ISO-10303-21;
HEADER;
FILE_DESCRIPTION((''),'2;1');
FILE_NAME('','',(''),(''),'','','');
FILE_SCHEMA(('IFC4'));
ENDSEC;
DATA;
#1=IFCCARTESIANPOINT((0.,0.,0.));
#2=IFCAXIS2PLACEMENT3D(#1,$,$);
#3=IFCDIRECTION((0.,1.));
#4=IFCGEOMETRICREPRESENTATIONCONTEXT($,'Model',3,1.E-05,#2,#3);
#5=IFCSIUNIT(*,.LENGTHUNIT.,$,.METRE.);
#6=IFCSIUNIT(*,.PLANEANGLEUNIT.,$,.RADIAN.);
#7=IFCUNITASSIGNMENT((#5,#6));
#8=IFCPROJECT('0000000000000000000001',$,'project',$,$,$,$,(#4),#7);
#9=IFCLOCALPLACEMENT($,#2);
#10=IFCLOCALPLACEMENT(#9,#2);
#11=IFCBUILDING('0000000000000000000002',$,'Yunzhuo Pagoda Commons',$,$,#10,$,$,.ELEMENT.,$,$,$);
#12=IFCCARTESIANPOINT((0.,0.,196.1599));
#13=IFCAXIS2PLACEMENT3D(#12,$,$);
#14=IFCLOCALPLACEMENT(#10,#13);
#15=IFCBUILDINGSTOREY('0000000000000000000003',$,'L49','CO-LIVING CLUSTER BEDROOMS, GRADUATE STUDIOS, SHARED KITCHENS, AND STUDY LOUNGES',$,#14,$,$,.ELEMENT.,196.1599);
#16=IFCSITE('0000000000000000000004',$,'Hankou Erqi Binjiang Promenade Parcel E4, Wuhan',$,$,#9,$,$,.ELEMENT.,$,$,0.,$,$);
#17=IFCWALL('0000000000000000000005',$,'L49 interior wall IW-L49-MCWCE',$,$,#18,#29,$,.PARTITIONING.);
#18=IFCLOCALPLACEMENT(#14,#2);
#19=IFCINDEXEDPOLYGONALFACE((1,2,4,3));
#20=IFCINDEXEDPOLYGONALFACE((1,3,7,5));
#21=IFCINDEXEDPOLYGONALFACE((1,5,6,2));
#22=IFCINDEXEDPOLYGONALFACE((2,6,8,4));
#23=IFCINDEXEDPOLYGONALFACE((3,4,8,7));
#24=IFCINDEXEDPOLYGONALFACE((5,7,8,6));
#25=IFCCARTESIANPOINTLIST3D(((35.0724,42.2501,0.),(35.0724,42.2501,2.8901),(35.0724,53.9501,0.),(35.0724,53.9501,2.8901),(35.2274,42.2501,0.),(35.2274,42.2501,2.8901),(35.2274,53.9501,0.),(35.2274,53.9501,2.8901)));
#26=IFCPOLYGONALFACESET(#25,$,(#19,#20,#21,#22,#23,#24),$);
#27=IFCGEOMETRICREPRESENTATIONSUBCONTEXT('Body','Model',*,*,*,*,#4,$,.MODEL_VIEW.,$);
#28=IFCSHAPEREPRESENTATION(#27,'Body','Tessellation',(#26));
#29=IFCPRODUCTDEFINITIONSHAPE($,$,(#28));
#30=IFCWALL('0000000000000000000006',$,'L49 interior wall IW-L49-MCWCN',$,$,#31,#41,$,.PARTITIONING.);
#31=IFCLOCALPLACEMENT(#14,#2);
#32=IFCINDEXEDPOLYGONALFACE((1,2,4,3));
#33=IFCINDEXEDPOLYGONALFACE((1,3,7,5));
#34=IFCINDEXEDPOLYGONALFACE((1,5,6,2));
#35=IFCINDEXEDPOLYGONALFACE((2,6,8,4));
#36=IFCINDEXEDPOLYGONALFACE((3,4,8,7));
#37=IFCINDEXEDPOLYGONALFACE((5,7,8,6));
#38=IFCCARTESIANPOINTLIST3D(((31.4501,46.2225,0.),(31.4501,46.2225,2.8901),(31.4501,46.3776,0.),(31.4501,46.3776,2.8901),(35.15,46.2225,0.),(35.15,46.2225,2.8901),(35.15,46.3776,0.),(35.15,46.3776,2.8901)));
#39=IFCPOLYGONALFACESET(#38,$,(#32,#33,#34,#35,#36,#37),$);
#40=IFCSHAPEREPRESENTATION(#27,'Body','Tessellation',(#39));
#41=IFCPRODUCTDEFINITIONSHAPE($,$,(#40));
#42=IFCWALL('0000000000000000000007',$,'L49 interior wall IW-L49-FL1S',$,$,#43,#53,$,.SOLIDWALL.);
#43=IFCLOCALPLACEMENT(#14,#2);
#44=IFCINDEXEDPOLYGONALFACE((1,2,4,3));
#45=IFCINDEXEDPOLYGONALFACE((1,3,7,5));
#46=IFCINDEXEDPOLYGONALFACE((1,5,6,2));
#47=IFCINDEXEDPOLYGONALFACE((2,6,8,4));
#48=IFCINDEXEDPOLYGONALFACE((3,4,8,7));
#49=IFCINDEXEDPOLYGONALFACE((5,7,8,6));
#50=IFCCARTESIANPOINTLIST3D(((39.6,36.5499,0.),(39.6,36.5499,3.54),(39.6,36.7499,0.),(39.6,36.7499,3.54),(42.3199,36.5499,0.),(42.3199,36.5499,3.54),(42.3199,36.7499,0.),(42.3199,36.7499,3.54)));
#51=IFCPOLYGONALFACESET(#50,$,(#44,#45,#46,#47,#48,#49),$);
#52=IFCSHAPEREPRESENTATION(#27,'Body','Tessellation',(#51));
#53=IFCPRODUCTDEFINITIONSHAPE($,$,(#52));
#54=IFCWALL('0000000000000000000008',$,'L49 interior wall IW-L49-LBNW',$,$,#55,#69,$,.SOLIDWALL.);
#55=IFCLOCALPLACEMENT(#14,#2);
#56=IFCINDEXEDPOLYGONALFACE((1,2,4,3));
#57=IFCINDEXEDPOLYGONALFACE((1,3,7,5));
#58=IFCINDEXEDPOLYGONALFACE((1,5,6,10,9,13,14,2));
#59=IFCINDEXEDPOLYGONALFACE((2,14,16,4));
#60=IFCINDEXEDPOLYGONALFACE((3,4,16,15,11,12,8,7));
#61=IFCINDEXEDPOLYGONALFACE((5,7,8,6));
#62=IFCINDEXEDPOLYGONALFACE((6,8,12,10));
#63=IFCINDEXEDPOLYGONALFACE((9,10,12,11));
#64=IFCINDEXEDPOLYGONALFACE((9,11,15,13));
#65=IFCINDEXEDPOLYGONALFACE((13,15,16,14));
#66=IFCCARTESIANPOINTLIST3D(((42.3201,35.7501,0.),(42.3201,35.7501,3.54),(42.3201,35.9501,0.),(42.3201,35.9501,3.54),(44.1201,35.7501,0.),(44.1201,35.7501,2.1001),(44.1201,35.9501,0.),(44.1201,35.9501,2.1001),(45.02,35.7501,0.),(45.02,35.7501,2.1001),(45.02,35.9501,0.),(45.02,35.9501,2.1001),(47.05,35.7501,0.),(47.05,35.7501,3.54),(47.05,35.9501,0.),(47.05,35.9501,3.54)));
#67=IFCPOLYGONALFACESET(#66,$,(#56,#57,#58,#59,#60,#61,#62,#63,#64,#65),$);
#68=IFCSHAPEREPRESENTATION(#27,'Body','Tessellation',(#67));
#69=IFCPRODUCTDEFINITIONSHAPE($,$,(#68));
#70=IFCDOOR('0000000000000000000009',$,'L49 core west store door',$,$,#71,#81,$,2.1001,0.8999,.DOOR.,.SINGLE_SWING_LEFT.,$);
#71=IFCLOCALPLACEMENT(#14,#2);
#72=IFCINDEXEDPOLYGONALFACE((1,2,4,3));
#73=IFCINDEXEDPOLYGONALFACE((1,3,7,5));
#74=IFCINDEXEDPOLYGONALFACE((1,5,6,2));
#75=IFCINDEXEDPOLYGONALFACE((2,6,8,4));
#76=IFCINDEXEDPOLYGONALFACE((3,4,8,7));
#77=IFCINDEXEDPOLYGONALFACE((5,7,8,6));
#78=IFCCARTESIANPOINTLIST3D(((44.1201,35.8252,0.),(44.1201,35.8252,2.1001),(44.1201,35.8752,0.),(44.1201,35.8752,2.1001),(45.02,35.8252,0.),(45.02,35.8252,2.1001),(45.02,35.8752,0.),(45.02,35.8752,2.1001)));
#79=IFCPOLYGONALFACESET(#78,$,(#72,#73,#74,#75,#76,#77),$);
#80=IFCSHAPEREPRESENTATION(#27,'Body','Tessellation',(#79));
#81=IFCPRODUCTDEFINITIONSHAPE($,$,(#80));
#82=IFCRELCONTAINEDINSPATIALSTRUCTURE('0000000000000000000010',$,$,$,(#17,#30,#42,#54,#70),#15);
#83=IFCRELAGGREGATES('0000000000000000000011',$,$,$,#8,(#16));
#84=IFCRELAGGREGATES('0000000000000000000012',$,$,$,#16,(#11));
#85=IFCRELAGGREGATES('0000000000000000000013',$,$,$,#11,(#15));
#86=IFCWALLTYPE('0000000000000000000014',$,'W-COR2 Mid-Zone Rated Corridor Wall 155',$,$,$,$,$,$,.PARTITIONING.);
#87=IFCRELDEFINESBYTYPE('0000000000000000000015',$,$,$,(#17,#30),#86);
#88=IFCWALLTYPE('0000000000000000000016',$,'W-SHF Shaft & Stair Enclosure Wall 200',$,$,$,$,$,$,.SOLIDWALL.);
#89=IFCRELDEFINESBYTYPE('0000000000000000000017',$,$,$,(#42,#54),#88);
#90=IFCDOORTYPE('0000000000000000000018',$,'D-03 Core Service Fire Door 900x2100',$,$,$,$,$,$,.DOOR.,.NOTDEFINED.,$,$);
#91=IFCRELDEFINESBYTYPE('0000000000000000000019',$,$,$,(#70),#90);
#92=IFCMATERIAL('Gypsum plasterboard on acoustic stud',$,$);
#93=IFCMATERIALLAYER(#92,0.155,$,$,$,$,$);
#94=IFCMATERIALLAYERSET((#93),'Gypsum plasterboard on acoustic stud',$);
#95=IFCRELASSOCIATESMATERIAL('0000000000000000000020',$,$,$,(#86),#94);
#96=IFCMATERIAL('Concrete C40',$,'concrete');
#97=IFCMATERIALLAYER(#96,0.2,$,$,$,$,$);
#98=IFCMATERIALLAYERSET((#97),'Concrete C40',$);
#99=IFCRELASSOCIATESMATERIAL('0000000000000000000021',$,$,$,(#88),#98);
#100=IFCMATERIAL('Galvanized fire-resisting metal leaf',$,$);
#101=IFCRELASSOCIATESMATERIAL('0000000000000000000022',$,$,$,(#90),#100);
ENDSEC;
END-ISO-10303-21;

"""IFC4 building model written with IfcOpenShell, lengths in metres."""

from ifc_helpers import new_model, si_unit, direction, frame, frame_2d, origin, place, context, subcontext, project, spatial, rectangle, extrude, source, transform, mapped, material, layer, layer_set, type_object, element, fill, save


model = new_model("IFC4")

# Units and contexts
model_context = context("Model", 3, precision=1e-05, world=origin(), true_north=direction((0.0, 1.0)))
body_context = subcontext(model_context, "Body", "Model", "MODEL_VIEW")
ifc_project = project(units=[si_unit("LENGTHUNIT", "METRE"), si_unit("PLANEANGLEUNIT", "RADIAN")], contexts=[model_context])

# Site, building, storey
site_placement = place(None, origin())
site = spatial("IfcSite", under=ifc_project, at=site_placement, Name="Hankou Erqi Binjiang Promenade Parcel E4, Wuhan", CompositionType="ELEMENT", RefElevation=0.0)
building_placement = place(site_placement, origin())
building = spatial("IfcBuilding", under=site, at=building_placement, Name="Yunzhuo Pagoda Commons", CompositionType="ELEMENT")
storey_placement = place(building_placement, frame((0.0, 0.0, 196.1599)))
storey = spatial("IfcBuildingStorey", under=building, at=storey_placement, Name="L49", Description="CO-LIVING CLUSTER BEDROOMS, GRADUATE STUDIOS, SHARED KITCHENS, AND STUDY LOUNGES", CompositionType="ELEMENT", Elevation=196.1599)

# Shared definitions
ifc_material_1 = material(Name="Galvanized fire-resisting metal leaf")

# Shared definitions
ifc_material_2 = material(Name="Gypsum plasterboard on acoustic stud")
ifc_layer_1 = layer(ifc_material_2, 0.155)
ifc_layer_set_1 = layer_set([ifc_layer_1], Name="Gypsum plasterboard on acoustic stud")
wall_type_1 = type_object("IfcWallType", Name="W-COR2 Mid-Zone Rated Corridor Wall 155", PredefinedType="PARTITIONING", material=ifc_layer_set_1)

# Walls
wall_1_placement = place(storey_placement, frame((35.1499, 42.25, 0.0), z_axis=(0.0, 0.0, 1.0), x_axis=(0.0, 1.0, 0.0)))
element("IfcWall", 1, at=wall_1_placement, inside=storey, type_object=wall_type_1, Name="L49 interior wall IW-L49-MCWCE", PredefinedType="PARTITIONING", context=body_context, shape_type="SweptSolid", body=[
    extrude(rectangle(XDim=11.7, YDim=0.155, at=frame_2d((5.8501, 0.0))), origin(), (0.0, 0.0, 1.0), 2.8901),
])
wall_2_placement = place(storey_placement, frame((31.45, 46.3, 0.0), z_axis=(0.0, 0.0, 1.0), x_axis=(1.0, 0.0, 0.0)))
element("IfcWall", 2, at=wall_2_placement, inside=storey, type_object=wall_type_1, Name="L49 interior wall IW-L49-MCWCN", PredefinedType="PARTITIONING", context=body_context, shape_type="SweptSolid", body=[
    extrude(rectangle(XDim=3.7, YDim=0.155, at=frame_2d((1.8501, 0.0))), origin(), (0.0, 0.0, 1.0), 2.8901),
])
ifc_material_3 = material(Name="Concrete C40", Category="concrete")
ifc_layer_2 = layer(ifc_material_3, 0.2)
ifc_layer_set_2 = layer_set([ifc_layer_2], Name="Concrete C40")
wall_type_2 = type_object("IfcWallType", Name="W-SHF Shaft & Stair Enclosure Wall 200", PredefinedType="SOLIDWALL", material=ifc_layer_set_2)
wall_3_placement = place(storey_placement, frame((39.6001, 36.6499, 0.0), z_axis=(0.0, 0.0, 1.0), x_axis=(1.0, 0.0, 0.0)))
element("IfcWall", 3, at=wall_3_placement, inside=storey, type_object=wall_type_2, Name="L49 interior wall IW-L49-FL1S", PredefinedType="SOLIDWALL", context=body_context, shape_type="SweptSolid", body=[
    extrude(rectangle(XDim=2.72, YDim=0.2, at=frame_2d((1.3599, 0.0))), origin(), (0.0, 0.0, 1.0), 3.54),
])

# Wall, opening, door
wall_4_placement = place(storey_placement, frame((42.3201, 35.8501, 0.0), z_axis=(0.0, 0.0, 1.0), x_axis=(1.0, 0.0, 0.0)))
wall_4 = element("IfcWall", 4, at=wall_4_placement, inside=storey, type_object=wall_type_2, Name="L49 interior wall IW-L49-LBNW", PredefinedType="SOLIDWALL", context=body_context, shape_type="SweptSolid", body=[
    extrude(rectangle(XDim=4.73, YDim=0.2, at=frame_2d((2.365, 0.0))), origin(), (0.0, 0.0, 1.0), 3.54),
])
opening_1_placement = place(wall_4_placement, frame((1.8, 0.0, 0.0)))
opening_1 = element("IfcOpeningElement", 5, at=opening_1_placement, cuts=wall_4, PredefinedType="OPENING", context=body_context, shape_type="SweptSolid", body=[
    extrude(rectangle(XDim=0.8999, YDim=2.1001, at=frame_2d((0.45, 1.05))), frame((0.0, 0.1099, 0.0), z_axis=(0.0, -1.0, 0.0), x_axis=(1.0, 0.0, 0.0)), (0.0, 0.0, 1.0), 0.22),
])
door_type_1 = type_object("IfcDoorType", Name="D-03 Core Service Fire Door 900x2100", OperationType="NOTDEFINED", PredefinedType="DOOR", material=ifc_material_1)
shared_shape_1 = source(origin(), body_context, "Body", "SweptSolid", [
    extrude(rectangle(XDim=0.8999, YDim=2.1001, at=frame_2d((0.45, 1.05))), frame((0.0, 0.0249, 0.0), z_axis=(0.0, -1.0, 0.0), x_axis=(1.0, 0.0, 0.0)), (0.0, 0.0, 1.0), 0.05),
])
door_1_placement = place(opening_1_placement, frame((0.8999, 0.0, 0.0), z_axis=(0.0, 0.0, 1.0), x_axis=(-1.0, 0.0, 0.0)))
door_1 = element("IfcDoor", 6, at=door_1_placement, inside=storey, type_object=door_type_1, Name="L49 core west store door", OperationType="SINGLE_SWING_LEFT", OverallHeight=2.1001, OverallWidth=0.8999, PredefinedType="DOOR", context=body_context, shape_type="MappedRepresentation", body=[
    mapped(shared_shape_1, transform((0.0, 0.0, 0.0), scale=1.0)),
])
fill(opening_1, door_1)

save(model, "model.ifc")
